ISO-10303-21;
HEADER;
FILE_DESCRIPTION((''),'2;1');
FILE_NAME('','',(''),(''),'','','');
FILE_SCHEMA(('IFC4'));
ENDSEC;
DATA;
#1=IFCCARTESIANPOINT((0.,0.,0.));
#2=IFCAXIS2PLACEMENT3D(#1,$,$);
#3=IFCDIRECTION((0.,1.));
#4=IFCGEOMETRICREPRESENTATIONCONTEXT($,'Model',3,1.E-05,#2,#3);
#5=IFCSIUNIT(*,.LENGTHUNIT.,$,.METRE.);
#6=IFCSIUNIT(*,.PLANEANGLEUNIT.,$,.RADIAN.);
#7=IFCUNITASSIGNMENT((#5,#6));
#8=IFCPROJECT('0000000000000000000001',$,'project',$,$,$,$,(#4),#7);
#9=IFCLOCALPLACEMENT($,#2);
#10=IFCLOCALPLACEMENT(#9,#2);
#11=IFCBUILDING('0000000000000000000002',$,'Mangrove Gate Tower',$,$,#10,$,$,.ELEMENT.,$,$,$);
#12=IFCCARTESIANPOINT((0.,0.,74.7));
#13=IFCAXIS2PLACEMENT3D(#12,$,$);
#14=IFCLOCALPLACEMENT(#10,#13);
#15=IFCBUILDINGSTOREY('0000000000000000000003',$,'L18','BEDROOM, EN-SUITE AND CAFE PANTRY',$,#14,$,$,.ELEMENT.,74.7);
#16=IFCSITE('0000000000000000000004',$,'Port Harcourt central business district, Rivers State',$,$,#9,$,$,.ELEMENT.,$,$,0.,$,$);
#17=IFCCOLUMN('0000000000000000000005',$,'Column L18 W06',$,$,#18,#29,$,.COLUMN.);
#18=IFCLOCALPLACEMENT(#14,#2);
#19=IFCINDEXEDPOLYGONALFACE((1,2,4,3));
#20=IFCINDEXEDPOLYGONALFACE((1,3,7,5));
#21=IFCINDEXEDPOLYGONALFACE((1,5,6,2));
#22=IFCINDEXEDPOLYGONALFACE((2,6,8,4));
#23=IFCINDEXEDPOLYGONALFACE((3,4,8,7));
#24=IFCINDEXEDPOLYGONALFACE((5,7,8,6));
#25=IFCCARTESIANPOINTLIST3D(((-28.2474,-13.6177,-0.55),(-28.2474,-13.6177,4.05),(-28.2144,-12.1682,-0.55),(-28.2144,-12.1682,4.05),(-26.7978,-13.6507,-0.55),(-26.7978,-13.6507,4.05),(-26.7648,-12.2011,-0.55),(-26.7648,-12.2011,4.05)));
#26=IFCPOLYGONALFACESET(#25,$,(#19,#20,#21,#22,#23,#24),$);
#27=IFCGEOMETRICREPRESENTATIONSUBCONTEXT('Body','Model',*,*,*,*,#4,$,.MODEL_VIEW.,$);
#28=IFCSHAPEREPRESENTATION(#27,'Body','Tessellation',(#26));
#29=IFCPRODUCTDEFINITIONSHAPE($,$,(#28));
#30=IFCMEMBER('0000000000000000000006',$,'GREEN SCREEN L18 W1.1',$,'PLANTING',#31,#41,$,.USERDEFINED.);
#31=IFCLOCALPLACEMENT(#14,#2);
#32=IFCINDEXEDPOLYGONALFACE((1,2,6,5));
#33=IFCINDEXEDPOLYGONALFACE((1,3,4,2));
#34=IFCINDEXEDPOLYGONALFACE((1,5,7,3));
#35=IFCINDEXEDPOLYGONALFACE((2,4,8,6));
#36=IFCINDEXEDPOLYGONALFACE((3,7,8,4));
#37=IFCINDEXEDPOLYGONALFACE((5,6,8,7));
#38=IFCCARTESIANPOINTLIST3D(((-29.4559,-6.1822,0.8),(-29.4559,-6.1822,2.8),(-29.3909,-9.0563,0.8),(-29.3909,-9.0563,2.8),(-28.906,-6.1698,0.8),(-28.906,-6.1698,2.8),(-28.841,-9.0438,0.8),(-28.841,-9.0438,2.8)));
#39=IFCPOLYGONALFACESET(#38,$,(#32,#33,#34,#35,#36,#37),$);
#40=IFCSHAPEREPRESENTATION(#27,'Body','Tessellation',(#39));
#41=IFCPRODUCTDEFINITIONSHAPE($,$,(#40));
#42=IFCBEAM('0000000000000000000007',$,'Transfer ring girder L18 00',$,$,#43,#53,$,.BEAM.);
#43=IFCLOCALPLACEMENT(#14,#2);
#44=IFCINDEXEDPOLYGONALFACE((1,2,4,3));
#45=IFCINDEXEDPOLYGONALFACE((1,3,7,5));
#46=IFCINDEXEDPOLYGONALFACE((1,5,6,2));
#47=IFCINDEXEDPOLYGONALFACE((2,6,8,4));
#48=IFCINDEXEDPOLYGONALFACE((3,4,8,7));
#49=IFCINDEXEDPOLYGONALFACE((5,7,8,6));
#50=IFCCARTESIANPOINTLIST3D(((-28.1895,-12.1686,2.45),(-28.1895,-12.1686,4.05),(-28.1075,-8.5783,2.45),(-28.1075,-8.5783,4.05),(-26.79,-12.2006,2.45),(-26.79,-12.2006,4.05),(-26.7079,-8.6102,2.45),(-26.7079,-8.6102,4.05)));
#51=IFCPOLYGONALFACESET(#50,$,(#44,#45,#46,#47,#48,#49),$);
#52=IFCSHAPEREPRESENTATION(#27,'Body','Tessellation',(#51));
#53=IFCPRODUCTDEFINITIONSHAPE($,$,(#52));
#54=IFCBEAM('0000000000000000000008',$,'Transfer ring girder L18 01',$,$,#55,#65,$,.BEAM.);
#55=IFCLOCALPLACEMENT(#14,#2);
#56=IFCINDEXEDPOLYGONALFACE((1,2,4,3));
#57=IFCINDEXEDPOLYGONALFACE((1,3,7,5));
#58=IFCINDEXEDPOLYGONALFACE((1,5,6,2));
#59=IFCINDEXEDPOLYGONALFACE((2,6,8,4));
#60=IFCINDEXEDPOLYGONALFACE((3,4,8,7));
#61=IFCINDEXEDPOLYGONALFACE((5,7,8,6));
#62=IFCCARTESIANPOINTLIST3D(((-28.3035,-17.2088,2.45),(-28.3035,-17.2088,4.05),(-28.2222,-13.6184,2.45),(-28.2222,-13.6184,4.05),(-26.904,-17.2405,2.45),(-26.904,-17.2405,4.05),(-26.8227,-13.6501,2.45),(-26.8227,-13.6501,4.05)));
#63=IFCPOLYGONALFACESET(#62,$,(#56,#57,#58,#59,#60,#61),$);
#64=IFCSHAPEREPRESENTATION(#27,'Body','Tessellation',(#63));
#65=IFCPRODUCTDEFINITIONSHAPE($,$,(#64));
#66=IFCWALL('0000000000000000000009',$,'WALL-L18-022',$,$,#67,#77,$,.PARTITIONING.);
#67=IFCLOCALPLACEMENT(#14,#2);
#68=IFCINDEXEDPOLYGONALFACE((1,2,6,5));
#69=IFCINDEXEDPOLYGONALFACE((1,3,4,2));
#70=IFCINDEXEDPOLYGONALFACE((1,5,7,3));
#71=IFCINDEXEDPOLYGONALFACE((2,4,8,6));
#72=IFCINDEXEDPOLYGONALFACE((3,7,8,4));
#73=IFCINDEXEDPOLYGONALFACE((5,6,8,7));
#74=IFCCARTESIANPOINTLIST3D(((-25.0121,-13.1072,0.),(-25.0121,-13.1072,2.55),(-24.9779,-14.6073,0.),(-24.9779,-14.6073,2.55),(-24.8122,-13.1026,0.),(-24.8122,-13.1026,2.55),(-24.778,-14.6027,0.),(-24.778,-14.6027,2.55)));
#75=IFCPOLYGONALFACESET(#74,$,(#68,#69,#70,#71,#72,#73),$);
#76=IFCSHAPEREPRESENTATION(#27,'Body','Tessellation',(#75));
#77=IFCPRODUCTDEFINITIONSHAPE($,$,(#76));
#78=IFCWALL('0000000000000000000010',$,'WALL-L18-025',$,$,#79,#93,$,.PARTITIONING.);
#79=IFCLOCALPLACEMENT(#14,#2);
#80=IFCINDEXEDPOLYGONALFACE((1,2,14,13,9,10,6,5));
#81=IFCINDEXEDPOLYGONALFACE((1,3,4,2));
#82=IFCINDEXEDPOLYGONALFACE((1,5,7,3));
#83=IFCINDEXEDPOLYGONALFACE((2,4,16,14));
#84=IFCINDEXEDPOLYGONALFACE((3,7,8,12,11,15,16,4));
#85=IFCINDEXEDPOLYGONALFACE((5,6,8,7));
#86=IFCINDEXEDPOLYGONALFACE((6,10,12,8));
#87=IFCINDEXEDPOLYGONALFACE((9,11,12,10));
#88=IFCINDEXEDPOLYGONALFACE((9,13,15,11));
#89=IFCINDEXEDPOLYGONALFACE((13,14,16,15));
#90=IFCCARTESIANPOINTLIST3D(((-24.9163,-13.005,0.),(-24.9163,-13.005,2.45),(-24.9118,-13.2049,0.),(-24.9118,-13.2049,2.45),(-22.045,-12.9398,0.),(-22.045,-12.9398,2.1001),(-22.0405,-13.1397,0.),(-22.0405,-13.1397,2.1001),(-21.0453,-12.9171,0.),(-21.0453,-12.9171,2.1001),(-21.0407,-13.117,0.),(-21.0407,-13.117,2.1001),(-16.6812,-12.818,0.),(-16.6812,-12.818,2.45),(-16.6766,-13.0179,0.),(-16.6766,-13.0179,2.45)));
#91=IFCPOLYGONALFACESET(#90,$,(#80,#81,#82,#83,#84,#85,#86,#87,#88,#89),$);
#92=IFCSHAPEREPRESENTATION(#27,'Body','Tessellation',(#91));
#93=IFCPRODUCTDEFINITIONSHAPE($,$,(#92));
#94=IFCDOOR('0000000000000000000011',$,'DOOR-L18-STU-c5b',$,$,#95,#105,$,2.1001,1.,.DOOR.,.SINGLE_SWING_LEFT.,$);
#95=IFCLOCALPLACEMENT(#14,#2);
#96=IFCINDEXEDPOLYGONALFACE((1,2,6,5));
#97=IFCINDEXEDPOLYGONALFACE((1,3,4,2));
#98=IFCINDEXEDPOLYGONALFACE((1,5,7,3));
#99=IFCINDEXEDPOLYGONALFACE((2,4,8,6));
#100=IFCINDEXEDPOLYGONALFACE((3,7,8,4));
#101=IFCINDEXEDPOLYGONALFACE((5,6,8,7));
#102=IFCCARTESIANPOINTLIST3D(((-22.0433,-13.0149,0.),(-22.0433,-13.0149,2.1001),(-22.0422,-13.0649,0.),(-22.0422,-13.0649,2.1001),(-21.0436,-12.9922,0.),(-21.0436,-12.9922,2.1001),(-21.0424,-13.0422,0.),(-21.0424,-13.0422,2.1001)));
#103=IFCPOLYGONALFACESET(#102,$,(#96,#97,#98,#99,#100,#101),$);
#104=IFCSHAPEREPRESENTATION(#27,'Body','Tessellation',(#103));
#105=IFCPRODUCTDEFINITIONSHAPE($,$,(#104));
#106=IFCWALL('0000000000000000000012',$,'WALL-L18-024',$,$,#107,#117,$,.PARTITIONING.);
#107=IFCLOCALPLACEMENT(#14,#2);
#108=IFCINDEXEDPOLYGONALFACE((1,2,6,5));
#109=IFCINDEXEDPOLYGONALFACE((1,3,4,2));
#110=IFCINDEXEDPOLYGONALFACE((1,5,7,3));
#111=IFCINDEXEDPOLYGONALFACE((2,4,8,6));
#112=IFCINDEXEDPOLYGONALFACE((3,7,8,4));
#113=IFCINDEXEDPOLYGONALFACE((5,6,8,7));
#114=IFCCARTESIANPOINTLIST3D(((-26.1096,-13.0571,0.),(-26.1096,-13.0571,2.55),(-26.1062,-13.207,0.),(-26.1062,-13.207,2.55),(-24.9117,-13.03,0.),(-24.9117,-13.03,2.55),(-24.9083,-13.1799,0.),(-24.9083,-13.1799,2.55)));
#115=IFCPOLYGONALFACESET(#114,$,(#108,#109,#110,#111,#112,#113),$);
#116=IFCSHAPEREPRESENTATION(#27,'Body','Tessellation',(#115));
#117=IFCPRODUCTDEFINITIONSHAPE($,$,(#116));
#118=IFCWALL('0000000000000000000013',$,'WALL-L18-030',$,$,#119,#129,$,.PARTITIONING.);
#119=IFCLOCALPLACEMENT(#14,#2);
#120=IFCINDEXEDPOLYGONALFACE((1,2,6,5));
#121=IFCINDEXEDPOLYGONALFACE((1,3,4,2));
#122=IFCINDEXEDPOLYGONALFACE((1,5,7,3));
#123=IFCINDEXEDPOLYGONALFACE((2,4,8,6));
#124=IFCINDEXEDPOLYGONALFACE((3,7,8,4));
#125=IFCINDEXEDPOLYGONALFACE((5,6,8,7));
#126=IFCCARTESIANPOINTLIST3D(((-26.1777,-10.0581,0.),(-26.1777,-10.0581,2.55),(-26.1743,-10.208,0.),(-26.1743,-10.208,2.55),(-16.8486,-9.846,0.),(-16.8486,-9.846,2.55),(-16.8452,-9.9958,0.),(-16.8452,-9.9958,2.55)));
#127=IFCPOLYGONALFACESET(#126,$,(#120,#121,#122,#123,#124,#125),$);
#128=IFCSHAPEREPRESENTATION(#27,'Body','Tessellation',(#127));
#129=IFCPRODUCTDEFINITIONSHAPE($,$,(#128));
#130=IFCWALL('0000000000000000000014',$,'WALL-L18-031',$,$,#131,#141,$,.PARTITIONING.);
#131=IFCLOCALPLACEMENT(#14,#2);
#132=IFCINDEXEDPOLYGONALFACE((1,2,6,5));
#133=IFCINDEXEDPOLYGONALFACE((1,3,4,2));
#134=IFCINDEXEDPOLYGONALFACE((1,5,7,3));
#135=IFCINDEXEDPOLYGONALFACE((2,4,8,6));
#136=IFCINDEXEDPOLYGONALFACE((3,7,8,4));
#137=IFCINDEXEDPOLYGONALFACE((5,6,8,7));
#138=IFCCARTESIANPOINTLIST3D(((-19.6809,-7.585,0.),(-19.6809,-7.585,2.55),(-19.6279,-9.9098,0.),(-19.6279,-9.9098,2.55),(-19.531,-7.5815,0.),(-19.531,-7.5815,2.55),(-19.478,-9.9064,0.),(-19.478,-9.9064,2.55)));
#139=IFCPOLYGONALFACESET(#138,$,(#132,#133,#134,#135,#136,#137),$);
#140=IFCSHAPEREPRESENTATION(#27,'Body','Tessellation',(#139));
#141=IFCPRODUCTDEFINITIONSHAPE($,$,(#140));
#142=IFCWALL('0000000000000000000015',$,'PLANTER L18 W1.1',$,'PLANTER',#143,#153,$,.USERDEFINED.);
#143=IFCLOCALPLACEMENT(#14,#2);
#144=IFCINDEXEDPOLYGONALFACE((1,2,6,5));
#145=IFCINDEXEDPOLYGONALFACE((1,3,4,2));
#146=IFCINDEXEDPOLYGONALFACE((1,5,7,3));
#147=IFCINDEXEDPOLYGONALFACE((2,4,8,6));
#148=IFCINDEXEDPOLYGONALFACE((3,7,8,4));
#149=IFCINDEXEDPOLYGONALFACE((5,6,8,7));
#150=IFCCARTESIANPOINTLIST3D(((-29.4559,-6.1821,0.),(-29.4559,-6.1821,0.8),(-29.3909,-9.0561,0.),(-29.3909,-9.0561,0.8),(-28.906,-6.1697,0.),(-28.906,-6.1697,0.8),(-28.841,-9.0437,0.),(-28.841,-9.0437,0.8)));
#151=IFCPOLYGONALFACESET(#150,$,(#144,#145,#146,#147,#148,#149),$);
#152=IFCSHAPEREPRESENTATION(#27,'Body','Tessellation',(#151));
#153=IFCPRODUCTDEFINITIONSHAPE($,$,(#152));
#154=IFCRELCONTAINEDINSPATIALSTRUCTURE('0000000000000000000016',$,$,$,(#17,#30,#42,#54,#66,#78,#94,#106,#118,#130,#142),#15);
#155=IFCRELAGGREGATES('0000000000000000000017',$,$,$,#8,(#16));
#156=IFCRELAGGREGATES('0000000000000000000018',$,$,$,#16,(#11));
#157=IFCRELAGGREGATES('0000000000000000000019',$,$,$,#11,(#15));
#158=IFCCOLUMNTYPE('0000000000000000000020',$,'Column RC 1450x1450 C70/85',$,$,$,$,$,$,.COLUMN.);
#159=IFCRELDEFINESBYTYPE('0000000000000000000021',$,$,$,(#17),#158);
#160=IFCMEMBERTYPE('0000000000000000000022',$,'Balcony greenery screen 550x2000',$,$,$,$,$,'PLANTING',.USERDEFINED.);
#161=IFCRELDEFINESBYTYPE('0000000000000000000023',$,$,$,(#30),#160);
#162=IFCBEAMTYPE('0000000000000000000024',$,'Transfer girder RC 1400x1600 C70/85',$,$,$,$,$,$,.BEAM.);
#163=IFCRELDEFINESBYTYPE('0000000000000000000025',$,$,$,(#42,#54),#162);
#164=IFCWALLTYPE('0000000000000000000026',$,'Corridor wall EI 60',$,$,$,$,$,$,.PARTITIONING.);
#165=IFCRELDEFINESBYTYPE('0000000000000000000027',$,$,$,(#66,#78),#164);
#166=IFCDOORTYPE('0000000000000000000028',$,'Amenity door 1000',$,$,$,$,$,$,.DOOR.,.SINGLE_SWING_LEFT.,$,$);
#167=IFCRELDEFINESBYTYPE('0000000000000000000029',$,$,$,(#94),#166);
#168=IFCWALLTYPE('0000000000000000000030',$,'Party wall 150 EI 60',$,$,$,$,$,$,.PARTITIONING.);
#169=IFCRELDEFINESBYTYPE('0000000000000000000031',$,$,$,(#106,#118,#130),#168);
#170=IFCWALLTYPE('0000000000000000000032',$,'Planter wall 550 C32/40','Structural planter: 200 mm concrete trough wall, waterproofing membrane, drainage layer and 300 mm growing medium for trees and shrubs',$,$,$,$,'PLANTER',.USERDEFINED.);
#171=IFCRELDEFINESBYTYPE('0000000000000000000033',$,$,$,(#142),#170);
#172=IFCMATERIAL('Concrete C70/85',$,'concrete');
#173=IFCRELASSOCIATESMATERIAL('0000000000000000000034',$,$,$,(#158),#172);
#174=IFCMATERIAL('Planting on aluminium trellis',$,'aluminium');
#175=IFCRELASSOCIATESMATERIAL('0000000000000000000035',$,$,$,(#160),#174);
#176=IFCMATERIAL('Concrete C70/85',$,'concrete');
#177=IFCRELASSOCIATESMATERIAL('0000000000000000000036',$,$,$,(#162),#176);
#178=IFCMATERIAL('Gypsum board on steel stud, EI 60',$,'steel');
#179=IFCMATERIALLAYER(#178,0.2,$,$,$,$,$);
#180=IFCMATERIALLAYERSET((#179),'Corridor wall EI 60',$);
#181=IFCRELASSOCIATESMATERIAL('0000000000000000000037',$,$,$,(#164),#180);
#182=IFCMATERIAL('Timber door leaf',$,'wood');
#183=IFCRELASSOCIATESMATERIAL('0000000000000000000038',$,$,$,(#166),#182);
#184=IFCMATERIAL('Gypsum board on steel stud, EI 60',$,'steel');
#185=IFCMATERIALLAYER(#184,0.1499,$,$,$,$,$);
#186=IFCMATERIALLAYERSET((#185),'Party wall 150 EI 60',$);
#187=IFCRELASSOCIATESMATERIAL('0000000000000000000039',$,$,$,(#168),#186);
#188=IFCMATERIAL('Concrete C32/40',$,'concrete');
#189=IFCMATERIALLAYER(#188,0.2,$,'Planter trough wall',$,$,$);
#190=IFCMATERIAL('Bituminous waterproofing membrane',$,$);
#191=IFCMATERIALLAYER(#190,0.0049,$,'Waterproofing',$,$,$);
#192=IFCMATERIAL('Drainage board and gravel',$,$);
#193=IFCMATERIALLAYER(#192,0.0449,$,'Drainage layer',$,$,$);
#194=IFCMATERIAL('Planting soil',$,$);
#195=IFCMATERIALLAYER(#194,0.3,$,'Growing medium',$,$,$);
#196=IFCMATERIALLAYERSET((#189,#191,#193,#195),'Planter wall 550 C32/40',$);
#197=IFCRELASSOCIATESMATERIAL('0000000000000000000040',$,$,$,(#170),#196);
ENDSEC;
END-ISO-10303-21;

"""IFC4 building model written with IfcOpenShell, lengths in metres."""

from ifc_helpers import new_model, si_unit, direction, frame, frame_2d, origin, origin_2d, place, context, subcontext, project, spatial, rectangle, extrude, material, layer, layer_set, material_profile, profile_set, type_object, element, fill, save


model = new_model("IFC4")

# Units and contexts
model_context = context("Model", 3, precision=1e-05, world=origin(), true_north=direction((0.0, 1.0)))
body_context = subcontext(model_context, "Body", "Model", "MODEL_VIEW")
ifc_project = project(units=[si_unit("LENGTHUNIT", "METRE"), si_unit("PLANEANGLEUNIT", "RADIAN")], contexts=[model_context])

# Site, building, storey
site_placement = place(None, origin())
site = spatial("IfcSite", under=ifc_project, at=site_placement, Name="Port Harcourt central business district, Rivers State", CompositionType="ELEMENT", RefElevation=0.0)
building_placement = place(site_placement, origin())
building = spatial("IfcBuilding", under=site, at=building_placement, Name="Mangrove Gate Tower", CompositionType="ELEMENT")
storey_placement = place(building_placement, frame((0.0, 0.0, 74.7)))
storey = spatial("IfcBuildingStorey", under=building, at=storey_placement, Name="L18", Description="BEDROOM, EN-SUITE AND CAFE PANTRY", CompositionType="ELEMENT", Elevation=74.7)

# Column
ifc_material_1 = material(Name="Concrete C70/85", Category="concrete")
ifc_material_profile_1 = material_profile(ifc_material_1, rectangle(XDim=1.45, YDim=1.45, at=origin_2d()))
ifc_profile_set_1 = profile_set([ifc_material_profile_1], Name="Concrete C70/85")
column_type = type_object("IfcColumnType", Name="Column RC 1450x1450 C70/85", PredefinedType="COLUMN", material=ifc_profile_set_1)
column_placement = place(storey_placement, frame((-27.5061, -12.9094, -0.55), z_axis=(0.0, 0.0, 1.0), x_axis=(-0.022712, -0.999742, 0.0)))
element("IfcColumn", 1, at=column_placement, inside=storey, type_object=column_type, Name="Column L18 W06", PredefinedType="COLUMN", context=body_context, shape_type="SweptSolid", body=[
    extrude(rectangle(XDim=1.45, YDim=1.45, at=origin_2d()), origin(), (0.0, 0.0, 1.0), 4.6001),
])

# Member
ifc_material_2 = material(Name="Planting on aluminium trellis", Category="aluminium")
ifc_material_profile_2 = material_profile(ifc_material_2, rectangle(XDim=0.55, YDim=2.0, at=origin_2d()))
ifc_profile_set_2 = profile_set([ifc_material_profile_2], Name="Planting on aluminium trellis")
member_type = type_object("IfcMemberType", Name="Balcony greenery screen 550x2000", ElementType="PLANTING", PredefinedType="USERDEFINED", material=ifc_profile_set_2)
member_placement = place(storey_placement, frame((-29.116, -9.05, 1.8), z_axis=(-0.02259, 0.999745, 0.0), x_axis=(-0.999745, -0.02259, 0.0)))
element("IfcMember", 2, at=member_placement, inside=storey, type_object=member_type, Name="GREEN SCREEN L18 W1.1", ObjectType="PLANTING", PredefinedType="USERDEFINED", context=body_context, shape_type="SweptSolid", body=[
    extrude(rectangle(XDim=0.55, YDim=2.0, at=origin_2d()), origin(), (0.0, 0.0, 1.0), 2.8748),
])

# Beams
ifc_material_3 = material(Name="Concrete C70/85", Category="concrete")
ifc_material_profile_3 = material_profile(ifc_material_3, rectangle(XDim=1.3999, YDim=1.6001, at=origin_2d()))
ifc_profile_set_3 = profile_set([ifc_material_profile_3], Name="Concrete C70/85")
beam_type = type_object("IfcBeamType", Name="Transfer girder RC 1400x1600 C70/85", PredefinedType="BEAM", material=ifc_profile_set_3)
for number, where, z_axis, x_axis, name in (
    (3, (-27.4077, -8.5942, 3.25), (-0.022842, -0.999739, 0.0), (0.999739, -0.022842, 0.0), "Transfer ring girder L18 00"),
    (4, (-27.5225, -13.6343, 3.25), (-0.022638, -0.999744, 0.0), (0.999744, -0.022638, 0.0), "Transfer ring girder L18 01"),
):
    element("IfcBeam", number, at=place(storey_placement, frame(where, z_axis=z_axis, x_axis=x_axis)), inside=storey, type_object=beam_type, Name=name, PredefinedType="BEAM", context=body_context, shape_type="SweptSolid", body=[
        extrude(rectangle(XDim=1.3999, YDim=1.6001, at=origin_2d()), origin(), (0.0, 0.0, 1.0), 3.5913),
    ])

# Shared definitions
ifc_material_4 = material(Name="Gypsum board on steel stud, EI 60", Category="steel")
ifc_layer_1 = layer(ifc_material_4, 0.2)
ifc_layer_set_1 = layer_set([ifc_layer_1], Name="Corridor wall EI 60")
wall_type_1 = type_object("IfcWallType", Name="Corridor wall EI 60", PredefinedType="PARTITIONING", material=ifc_layer_set_1)
ifc_material_5 = material(Name="Timber door leaf", Category="wood")
door_type_1 = type_object("IfcDoorType", Name="Amenity door 1000", OperationType="SINGLE_SWING_LEFT", PredefinedType="DOOR", material=ifc_material_5)

# Wall
wall_1_placement = place(storey_placement, frame((-24.8779, -14.605, 0.0), z_axis=(0.0, 0.0, 1.0), x_axis=(-0.022781, 0.99974, 0.0)))
element("IfcWall", 5, at=wall_1_placement, inside=storey, type_object=wall_type_1, Name="WALL-L18-022", PredefinedType="PARTITIONING", context=body_context, shape_type="SweptSolid", body=[
    extrude(rectangle(XDim=1.5005, YDim=0.2, at=frame_2d((0.7502, 0.0))), origin(), (0.0, 0.0, 1.0), 2.55),
])

# Wall, opening, door
wall_2_placement = place(storey_placement, frame((-24.9141, -13.105, 0.0), z_axis=(0.0, 0.0, 1.0), x_axis=(0.999742, 0.022703, 0.0)))
wall_2 = element("IfcWall", 6, at=wall_2_placement, inside=storey, type_object=wall_type_1, Name="WALL-L18-025", PredefinedType="PARTITIONING", context=body_context, shape_type="SweptSolid", body=[
    extrude(rectangle(XDim=8.2373, YDim=0.2, at=frame_2d((4.1187, 0.0))), origin(), (0.0, 0.0, 1.0), 2.45),
])
opening_1_placement = place(wall_2_placement, frame((2.8721, 0.0, 0.0)))
opening_1 = element("IfcOpeningElement", 7, at=opening_1_placement, cuts=wall_2, PredefinedType="OPENING", context=body_context, shape_type="SweptSolid", body=[
    extrude(rectangle(XDim=1.0, YDim=2.1001, at=frame_2d((0.5, 1.05))), frame((0.0, 0.1099, 0.0), z_axis=(0.0, -1.0, 0.0), x_axis=(1.0, 0.0, 0.0)), (0.0, 0.0, 1.0), 0.22),
])
door_1_placement = place(opening_1_placement, origin())
door_1 = element("IfcDoor", 8, at=door_1_placement, inside=storey, type_object=door_type_1, Name="DOOR-L18-STU-c5b", OperationType="SINGLE_SWING_LEFT", OverallHeight=2.1001, OverallWidth=1.0, PredefinedType="DOOR", context=body_context, shape_type="SweptSolid", body=[
    extrude(rectangle(XDim=1.0, YDim=2.1001, at=frame_2d((0.5, 1.05))), frame((0.0, 0.0249, 0.0), z_axis=(0.0, -1.0, 0.0), x_axis=(1.0, 0.0, 0.0)), (0.0, 0.0, 1.0), 0.05),
])
fill(opening_1, door_1)

# Walls
ifc_material_6 = material(Name="Gypsum board on steel stud, EI 60", Category="steel")
ifc_layer_2 = layer(ifc_material_6, 0.1499)
ifc_layer_set_2 = layer_set([ifc_layer_2], Name="Party wall 150 EI 60")
wall_type_2 = type_object("IfcWallType", Name="Party wall 150 EI 60", PredefinedType="PARTITIONING", material=ifc_layer_set_2)
wall_3_placement = place(storey_placement, frame((-26.1079, -13.1321, 0.0), z_axis=(0.0, 0.0, 1.0), x_axis=(0.999744, 0.022615, 0.0)))
element("IfcWall", 9, at=wall_3_placement, inside=storey, type_object=wall_type_2, Name="WALL-L18-024", PredefinedType="PARTITIONING", context=body_context, shape_type="SweptSolid", body=[
    extrude(rectangle(XDim=1.1982, YDim=0.1499, at=frame_2d((0.5991, 0.0))), origin(), (0.0, 0.0, 1.0), 2.55),
])
wall_4_placement = place(storey_placement, frame((-26.176, -10.1331, 0.0), z_axis=(0.0, 0.0, 1.0), x_axis=(0.999742, 0.022736, 0.0)))
element("IfcWall", 10, at=wall_4_placement, inside=storey, type_object=wall_type_2, Name="WALL-L18-030", PredefinedType="PARTITIONING", context=body_context, shape_type="SweptSolid", body=[
    extrude(rectangle(XDim=9.3315, YDim=0.1499, at=frame_2d((4.6658, 0.0))), origin(), (0.0, 0.0, 1.0), 2.55),
])
wall_5_placement = place(storey_placement, frame((-19.553, -9.908, 0.0), z_axis=(0.0, 0.0, 1.0), x_axis=(-0.022781, 0.99974, 0.0)))
element("IfcWall", 11, at=wall_5_placement, inside=storey, type_object=wall_type_2, Name="WALL-L18-031", PredefinedType="PARTITIONING", context=body_context, shape_type="SweptSolid", body=[
    extrude(rectangle(XDim=2.3254, YDim=0.1499, at=frame_2d((1.1626, 0.0))), origin(), (0.0, 0.0, 1.0), 2.55),
])
ifc_material_7 = material(Name="Concrete C32/40", Category="concrete")
ifc_layer_3 = layer(ifc_material_7, 0.2, Name="Planter trough wall")
ifc_material_8 = material(Name="Bituminous waterproofing membrane")
ifc_layer_4 = layer(ifc_material_8, 0.0049, Name="Waterproofing")
ifc_material_9 = material(Name="Drainage board and gravel")
ifc_layer_5 = layer(ifc_material_9, 0.0449, Name="Drainage layer")
ifc_material_10 = material(Name="Planting soil")
ifc_layer_6 = layer(ifc_material_10, 0.3, Name="Growing medium")
ifc_layer_set_3 = layer_set([ifc_layer_3, ifc_layer_4, ifc_layer_5, ifc_layer_6], Name="Planter wall 550 C32/40")
wall_type_3 = type_object("IfcWallType", Name="Planter wall 550 C32/40", Description="Structural planter: 200 mm concrete trough wall, waterproofing membrane, drainage layer and 300 mm growing medium for trees and shrubs", ElementType="PLANTER", PredefinedType="USERDEFINED", material=ifc_layer_set_3)
wall_6_placement = place(storey_placement, frame((-29.116, -9.05, 0.0), z_axis=(0.0, 0.0, 1.0), x_axis=(-0.02259, 0.999745, 0.0)))
element("IfcWall", 12, at=wall_6_placement, inside=storey, type_object=wall_type_3, Name="PLANTER L18 W1.1", ObjectType="PLANTER", PredefinedType="USERDEFINED", context=body_context, shape_type="SweptSolid", body=[
    extrude(rectangle(XDim=2.8748, YDim=0.55, at=frame_2d((1.4375, 0.0))), origin(), (0.0, 0.0, 1.0), 0.8),
])

save(model, "model.ifc")
